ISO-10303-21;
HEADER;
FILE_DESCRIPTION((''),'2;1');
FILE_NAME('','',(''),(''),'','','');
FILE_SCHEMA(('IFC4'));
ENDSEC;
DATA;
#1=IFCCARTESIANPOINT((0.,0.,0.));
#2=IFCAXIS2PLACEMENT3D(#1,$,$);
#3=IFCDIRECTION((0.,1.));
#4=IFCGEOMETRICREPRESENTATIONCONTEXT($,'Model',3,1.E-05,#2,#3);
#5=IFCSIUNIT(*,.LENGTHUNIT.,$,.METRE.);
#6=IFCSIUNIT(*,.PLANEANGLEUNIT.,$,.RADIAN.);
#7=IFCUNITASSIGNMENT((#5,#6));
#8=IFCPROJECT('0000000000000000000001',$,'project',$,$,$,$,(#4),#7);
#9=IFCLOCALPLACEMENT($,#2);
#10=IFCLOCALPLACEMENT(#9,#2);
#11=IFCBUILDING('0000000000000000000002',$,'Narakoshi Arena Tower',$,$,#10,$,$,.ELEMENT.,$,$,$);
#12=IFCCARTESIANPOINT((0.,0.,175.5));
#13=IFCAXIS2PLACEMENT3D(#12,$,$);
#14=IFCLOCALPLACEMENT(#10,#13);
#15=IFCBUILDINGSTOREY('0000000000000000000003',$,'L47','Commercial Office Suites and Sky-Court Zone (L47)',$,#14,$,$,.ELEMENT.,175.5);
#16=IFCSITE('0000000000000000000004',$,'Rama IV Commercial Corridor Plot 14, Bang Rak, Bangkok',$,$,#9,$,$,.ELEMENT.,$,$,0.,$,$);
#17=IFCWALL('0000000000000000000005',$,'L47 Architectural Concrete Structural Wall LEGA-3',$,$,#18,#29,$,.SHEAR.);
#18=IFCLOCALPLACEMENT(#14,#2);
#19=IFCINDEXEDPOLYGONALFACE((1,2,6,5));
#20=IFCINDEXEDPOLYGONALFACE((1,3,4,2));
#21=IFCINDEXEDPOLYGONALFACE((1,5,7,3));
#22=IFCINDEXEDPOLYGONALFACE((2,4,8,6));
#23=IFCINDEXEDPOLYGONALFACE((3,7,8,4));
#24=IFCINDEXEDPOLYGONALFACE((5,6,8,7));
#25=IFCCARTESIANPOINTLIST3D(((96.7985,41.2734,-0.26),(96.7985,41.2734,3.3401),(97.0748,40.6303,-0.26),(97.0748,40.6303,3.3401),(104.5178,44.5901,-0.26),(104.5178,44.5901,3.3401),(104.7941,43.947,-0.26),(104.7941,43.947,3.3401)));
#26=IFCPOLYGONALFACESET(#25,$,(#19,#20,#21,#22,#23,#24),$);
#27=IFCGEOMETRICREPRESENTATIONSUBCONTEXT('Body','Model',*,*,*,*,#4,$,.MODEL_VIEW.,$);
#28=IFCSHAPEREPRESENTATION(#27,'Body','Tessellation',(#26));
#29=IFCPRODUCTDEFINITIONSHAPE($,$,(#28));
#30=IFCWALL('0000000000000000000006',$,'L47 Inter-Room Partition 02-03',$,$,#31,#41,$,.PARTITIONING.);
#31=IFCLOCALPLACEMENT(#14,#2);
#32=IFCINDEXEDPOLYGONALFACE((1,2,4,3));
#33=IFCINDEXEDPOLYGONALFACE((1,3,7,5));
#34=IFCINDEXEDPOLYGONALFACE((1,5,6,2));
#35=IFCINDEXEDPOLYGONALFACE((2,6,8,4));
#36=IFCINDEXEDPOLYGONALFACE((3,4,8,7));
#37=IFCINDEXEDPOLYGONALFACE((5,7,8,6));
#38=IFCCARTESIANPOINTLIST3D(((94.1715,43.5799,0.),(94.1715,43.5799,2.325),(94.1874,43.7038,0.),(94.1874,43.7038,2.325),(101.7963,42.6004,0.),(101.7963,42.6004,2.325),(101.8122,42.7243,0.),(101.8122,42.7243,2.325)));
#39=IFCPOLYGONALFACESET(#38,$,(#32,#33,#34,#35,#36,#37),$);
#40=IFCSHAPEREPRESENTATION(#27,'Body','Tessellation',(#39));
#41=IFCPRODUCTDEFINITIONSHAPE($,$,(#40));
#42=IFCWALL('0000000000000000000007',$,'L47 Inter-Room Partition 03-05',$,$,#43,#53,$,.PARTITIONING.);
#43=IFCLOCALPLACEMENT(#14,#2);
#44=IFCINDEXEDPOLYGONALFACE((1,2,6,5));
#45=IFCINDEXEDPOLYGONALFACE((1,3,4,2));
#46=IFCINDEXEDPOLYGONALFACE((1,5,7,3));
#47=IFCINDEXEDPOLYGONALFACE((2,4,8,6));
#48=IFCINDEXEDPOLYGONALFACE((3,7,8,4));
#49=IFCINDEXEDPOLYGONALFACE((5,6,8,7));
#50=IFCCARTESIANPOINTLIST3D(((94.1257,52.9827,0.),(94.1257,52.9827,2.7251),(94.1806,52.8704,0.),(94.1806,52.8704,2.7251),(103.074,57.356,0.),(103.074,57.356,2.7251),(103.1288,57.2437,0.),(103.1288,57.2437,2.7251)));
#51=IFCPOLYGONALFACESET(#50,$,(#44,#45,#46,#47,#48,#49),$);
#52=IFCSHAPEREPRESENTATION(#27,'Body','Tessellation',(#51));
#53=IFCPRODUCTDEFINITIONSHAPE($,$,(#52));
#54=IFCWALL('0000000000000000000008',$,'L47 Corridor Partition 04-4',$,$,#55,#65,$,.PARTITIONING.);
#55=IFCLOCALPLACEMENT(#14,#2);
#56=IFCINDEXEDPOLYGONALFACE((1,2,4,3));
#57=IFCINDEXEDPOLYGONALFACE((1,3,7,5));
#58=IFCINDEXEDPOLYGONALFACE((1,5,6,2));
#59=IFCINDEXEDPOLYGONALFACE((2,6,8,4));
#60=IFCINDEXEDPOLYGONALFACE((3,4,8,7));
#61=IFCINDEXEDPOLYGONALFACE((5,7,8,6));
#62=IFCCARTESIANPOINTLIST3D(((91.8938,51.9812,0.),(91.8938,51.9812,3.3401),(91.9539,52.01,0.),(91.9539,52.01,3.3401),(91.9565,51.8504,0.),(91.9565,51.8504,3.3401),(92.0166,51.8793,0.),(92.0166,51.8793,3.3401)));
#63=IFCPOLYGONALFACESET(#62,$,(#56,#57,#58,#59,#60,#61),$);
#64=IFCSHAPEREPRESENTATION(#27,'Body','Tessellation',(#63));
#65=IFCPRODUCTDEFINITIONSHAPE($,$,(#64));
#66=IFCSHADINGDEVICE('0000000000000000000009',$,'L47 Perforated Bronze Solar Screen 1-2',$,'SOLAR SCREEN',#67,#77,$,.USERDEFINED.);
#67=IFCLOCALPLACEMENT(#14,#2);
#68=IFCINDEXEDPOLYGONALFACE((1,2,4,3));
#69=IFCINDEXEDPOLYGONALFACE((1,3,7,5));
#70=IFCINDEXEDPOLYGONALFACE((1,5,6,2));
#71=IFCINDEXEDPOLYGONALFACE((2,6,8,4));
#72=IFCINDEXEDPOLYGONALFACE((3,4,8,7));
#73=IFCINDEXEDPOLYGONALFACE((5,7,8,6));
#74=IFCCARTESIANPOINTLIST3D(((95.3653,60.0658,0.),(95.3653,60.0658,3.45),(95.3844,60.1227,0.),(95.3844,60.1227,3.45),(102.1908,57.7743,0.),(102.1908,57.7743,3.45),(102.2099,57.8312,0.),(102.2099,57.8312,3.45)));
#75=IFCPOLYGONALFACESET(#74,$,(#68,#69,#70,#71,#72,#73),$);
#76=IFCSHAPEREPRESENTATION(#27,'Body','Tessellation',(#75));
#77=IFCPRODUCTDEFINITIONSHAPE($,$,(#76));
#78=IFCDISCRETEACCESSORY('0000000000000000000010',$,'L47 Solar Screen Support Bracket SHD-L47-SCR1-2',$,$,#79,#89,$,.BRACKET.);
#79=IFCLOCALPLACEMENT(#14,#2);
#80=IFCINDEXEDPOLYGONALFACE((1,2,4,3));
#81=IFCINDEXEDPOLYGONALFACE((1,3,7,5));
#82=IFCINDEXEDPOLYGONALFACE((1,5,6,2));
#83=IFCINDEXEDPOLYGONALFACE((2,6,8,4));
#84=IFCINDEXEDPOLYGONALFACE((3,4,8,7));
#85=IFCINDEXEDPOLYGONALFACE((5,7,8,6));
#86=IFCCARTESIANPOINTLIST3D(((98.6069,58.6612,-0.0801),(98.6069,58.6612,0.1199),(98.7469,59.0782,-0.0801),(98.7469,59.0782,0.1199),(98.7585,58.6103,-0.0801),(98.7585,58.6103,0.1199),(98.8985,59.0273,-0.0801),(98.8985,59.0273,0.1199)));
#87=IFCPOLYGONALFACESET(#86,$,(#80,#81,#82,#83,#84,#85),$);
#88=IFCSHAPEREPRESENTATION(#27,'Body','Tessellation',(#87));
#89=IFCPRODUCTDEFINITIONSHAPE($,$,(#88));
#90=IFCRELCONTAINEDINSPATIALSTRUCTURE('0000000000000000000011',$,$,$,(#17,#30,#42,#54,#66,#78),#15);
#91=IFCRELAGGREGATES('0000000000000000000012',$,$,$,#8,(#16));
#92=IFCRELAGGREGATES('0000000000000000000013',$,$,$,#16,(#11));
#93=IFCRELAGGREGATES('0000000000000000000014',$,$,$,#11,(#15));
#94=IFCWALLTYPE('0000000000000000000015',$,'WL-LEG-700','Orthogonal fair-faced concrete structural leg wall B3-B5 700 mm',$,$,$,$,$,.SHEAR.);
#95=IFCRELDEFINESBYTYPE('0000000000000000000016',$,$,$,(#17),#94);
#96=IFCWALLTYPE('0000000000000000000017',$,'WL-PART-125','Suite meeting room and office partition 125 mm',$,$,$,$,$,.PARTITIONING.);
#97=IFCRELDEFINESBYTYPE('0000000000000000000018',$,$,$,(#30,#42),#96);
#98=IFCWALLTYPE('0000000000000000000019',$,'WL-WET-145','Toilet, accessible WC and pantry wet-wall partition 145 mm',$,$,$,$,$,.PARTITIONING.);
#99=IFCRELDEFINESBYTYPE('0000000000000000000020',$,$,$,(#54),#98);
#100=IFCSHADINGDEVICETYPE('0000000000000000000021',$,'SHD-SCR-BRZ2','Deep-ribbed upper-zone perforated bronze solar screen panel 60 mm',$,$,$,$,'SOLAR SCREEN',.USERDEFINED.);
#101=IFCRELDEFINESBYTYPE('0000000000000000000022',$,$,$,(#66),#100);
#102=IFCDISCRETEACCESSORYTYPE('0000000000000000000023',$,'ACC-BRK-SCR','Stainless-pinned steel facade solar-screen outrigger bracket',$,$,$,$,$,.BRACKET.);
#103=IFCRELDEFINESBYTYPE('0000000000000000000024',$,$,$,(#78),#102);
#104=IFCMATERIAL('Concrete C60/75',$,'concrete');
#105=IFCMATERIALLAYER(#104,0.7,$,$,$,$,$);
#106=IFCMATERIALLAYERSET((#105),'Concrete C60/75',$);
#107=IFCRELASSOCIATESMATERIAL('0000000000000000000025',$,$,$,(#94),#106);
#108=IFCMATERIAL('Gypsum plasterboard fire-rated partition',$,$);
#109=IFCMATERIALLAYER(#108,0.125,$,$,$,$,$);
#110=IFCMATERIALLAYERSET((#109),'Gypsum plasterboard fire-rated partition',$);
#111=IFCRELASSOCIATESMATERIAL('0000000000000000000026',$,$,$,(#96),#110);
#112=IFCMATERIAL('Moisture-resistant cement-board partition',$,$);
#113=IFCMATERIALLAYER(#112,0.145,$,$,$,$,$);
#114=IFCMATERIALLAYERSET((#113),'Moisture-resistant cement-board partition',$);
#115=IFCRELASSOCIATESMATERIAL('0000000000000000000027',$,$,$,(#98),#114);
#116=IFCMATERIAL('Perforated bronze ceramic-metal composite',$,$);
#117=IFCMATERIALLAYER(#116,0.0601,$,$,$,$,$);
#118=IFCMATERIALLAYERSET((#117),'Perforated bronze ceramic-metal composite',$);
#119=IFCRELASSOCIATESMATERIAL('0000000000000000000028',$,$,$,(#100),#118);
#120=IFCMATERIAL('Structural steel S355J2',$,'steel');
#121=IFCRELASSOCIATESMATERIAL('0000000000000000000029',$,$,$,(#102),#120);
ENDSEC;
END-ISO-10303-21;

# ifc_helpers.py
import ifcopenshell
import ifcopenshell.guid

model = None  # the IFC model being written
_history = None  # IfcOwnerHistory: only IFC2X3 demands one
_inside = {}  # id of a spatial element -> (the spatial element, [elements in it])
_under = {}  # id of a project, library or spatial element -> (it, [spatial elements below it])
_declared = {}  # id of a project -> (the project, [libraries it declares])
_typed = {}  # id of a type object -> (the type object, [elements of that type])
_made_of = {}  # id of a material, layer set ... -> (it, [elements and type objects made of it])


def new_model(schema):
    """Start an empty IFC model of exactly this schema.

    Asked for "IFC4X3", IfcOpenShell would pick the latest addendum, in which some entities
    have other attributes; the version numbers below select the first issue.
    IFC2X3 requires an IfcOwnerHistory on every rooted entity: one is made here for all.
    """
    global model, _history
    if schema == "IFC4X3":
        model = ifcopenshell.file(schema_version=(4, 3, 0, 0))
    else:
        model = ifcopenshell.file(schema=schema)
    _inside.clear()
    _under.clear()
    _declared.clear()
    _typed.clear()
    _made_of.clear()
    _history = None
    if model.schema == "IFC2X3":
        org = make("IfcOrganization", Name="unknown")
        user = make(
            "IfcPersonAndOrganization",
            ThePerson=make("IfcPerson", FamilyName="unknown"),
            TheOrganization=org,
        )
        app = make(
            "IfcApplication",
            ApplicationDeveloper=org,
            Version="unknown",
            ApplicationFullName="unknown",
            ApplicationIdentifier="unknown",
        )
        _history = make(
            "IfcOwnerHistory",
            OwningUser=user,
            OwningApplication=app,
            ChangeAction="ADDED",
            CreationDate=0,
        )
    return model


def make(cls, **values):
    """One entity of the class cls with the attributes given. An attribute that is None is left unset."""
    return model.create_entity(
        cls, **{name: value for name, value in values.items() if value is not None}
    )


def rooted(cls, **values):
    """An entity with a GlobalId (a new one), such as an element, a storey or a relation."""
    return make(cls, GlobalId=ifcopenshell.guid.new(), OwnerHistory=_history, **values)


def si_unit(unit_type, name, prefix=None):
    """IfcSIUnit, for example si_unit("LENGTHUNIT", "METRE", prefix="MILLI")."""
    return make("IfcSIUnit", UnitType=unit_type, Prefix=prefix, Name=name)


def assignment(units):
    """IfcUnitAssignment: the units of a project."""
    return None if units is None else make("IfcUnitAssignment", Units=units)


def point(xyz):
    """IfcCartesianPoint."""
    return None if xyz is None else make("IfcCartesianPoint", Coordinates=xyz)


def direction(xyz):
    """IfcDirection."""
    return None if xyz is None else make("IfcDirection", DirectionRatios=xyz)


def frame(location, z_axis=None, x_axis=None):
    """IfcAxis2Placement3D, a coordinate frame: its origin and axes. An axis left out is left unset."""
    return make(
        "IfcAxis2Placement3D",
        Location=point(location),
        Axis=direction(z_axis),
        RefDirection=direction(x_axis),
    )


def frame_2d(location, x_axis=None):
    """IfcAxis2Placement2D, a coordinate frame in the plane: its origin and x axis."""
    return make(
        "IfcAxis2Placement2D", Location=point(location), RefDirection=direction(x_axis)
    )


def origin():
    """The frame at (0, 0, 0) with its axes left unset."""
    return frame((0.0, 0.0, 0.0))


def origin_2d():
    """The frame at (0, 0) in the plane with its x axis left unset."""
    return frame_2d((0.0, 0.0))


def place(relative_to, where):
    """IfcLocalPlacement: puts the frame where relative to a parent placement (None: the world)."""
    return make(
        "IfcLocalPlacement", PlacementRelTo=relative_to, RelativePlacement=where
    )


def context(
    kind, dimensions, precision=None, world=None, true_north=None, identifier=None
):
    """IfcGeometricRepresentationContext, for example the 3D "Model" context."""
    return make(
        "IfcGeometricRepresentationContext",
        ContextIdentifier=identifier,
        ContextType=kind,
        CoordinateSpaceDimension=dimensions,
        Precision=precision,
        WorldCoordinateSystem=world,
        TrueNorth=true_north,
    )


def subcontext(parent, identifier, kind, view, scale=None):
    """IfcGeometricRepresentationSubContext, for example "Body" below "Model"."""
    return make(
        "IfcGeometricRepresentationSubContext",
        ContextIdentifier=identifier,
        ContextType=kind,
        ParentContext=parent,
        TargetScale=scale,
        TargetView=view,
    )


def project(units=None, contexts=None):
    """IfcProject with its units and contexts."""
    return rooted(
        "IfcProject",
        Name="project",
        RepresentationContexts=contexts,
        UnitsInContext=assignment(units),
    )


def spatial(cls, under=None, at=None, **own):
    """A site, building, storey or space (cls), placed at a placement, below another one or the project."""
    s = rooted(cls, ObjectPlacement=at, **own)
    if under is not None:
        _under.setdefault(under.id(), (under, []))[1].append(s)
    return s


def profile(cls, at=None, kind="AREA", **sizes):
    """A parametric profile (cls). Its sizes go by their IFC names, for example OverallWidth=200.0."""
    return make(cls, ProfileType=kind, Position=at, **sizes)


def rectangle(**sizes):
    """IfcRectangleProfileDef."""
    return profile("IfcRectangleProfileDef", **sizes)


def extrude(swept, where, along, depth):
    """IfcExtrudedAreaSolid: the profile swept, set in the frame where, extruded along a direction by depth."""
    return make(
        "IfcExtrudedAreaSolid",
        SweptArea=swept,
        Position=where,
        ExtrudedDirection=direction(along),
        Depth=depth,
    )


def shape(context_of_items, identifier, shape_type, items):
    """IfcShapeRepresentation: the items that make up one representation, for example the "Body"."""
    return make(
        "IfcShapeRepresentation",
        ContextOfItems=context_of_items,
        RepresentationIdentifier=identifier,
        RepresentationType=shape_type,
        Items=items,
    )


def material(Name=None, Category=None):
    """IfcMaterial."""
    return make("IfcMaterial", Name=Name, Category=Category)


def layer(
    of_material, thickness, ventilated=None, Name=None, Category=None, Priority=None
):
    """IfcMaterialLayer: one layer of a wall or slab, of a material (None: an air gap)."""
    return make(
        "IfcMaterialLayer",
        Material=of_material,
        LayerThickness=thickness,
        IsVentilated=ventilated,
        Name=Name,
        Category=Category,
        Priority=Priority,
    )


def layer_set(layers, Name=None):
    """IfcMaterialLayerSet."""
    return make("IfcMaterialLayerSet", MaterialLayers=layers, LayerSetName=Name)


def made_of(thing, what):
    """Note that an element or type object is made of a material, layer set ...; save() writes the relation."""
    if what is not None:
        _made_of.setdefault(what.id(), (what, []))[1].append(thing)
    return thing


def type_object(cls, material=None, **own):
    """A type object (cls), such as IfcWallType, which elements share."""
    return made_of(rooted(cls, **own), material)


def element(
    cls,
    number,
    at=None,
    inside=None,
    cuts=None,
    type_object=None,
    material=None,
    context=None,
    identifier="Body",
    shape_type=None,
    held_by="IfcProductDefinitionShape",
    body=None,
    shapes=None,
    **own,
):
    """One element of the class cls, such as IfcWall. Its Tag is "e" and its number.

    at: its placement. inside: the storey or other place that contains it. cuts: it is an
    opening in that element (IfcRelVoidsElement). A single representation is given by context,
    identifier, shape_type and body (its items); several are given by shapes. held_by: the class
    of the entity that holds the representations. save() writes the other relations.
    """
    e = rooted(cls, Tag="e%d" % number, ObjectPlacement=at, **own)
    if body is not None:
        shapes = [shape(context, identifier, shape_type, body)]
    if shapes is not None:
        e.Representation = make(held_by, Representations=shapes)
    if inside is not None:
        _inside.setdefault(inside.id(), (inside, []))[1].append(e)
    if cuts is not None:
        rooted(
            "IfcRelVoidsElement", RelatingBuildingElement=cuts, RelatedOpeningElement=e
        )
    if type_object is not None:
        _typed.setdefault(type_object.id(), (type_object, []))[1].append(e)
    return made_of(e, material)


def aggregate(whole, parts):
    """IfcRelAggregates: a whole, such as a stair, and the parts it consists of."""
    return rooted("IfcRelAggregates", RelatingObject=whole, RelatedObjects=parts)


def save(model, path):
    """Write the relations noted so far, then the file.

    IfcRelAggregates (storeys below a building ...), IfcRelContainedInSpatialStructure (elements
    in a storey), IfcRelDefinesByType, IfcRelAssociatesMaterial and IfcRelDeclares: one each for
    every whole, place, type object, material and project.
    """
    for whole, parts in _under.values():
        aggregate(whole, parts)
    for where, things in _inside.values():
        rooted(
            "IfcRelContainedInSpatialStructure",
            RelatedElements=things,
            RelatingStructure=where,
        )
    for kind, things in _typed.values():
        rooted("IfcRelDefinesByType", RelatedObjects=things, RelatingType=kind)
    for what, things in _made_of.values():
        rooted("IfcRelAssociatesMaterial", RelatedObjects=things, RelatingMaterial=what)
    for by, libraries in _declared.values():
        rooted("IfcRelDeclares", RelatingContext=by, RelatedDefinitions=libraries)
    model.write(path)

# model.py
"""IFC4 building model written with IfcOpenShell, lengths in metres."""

from ifc_helpers import new_model, si_unit, direction, frame, frame_2d, origin, origin_2d, place, context, subcontext, project, spatial, rectangle, extrude, material, layer, layer_set, type_object, element, save


model = new_model("IFC4")

# Units and contexts
model_context = context("Model", 3, precision=1e-05, world=origin(), true_north=direction((0.0, 1.0)))
body_context = subcontext(model_context, "Body", "Model", "MODEL_VIEW")
ifc_project = project(units=[si_unit("LENGTHUNIT", "METRE"), si_unit("PLANEANGLEUNIT", "RADIAN")], contexts=[model_context])

# Site, building, storey
site_placement = place(None, origin())
site = spatial("IfcSite", under=ifc_project, at=site_placement, Name="Rama IV Commercial Corridor Plot 14, Bang Rak, Bangkok", CompositionType="ELEMENT", RefElevation=0.0)
building_placement = place(site_placement, origin())
building = spatial("IfcBuilding", under=site, at=building_placement, Name="Narakoshi Arena Tower", CompositionType="ELEMENT")
storey_placement = place(building_placement, frame((0.0, 0.0, 175.5)))
storey = spatial("IfcBuildingStorey", under=building, at=storey_placement, Name="L47", Description="Commercial Office Suites and Sky-Court Zone (L47)", CompositionType="ELEMENT", Elevation=175.5)

# Shared definitions
ifc_material_1 = material(Name="Concrete C60/75", Category="concrete")
ifc_material_2 = material(Name="Structural steel S355J2", Category="steel")

# Shared definitions
ifc_material_3 = material(Name="Gypsum plasterboard fire-rated partition")

# Walls
ifc_layer_1 = layer(ifc_material_1, 0.7)
ifc_layer_set_1 = layer_set([ifc_layer_1], Name="Concrete C60/75")
wall_type_1 = type_object("IfcWallType", Name="WL-LEG-700", Description="Orthogonal fair-faced concrete structural leg wall B3-B5 700 mm", PredefinedType="SHEAR", material=ifc_layer_set_1)
wall_1_placement = place(storey_placement, frame((96.9368, 40.9519, -0.26), z_axis=(0.0, 0.0, 1.0), x_axis=(0.918782, 0.394764, 0.0)))
element("IfcWall", 1, at=wall_1_placement, inside=storey, type_object=wall_type_1, Name="L47 Architectural Concrete Structural Wall LEGA-3", PredefinedType="SHEAR", context=body_context, shape_type="SweptSolid", body=[
    extrude(rectangle(XDim=8.4016, YDim=0.7, at=frame_2d((4.2007, 0.0))), origin(), (0.0, 0.0, 1.0), 3.6001),
])
ifc_layer_2 = layer(ifc_material_3, 0.125)
ifc_layer_set_2 = layer_set([ifc_layer_2], Name="Gypsum plasterboard fire-rated partition")
wall_type_2 = type_object("IfcWallType", Name="WL-PART-125", Description="Suite meeting room and office partition 125 mm", PredefinedType="PARTITIONING", material=ifc_layer_set_2)
wall_2_placement = place(storey_placement, frame((94.1794, 43.6418, 0.0), z_axis=(0.0, 0.0, 1.0), x_axis=(0.991849, -0.127415, 0.0)))
element("IfcWall", 2, at=wall_2_placement, inside=storey, type_object=wall_type_2, Name="L47 Inter-Room Partition 02-03", PredefinedType="PARTITIONING", context=body_context, shape_type="SweptSolid", body=[
    extrude(rectangle(XDim=7.6875, YDim=0.125, at=frame_2d((3.8438, 0.0))), origin(), (0.0, 0.0, 1.0), 2.325),
])
wall_3_placement = place(storey_placement, frame((94.1531, 52.9265, 0.0), z_axis=(0.0, 0.0, 1.0), x_axis=(0.89844, 0.439096, 0.0)))
element("IfcWall", 3, at=wall_3_placement, inside=storey, type_object=wall_type_2, Name="L47 Inter-Room Partition 03-05", PredefinedType="PARTITIONING", context=body_context, shape_type="SweptSolid", body=[
    extrude(rectangle(XDim=9.9597, YDim=0.125, at=frame_2d((4.98, 0.0))), origin(), (0.0, 0.0, 1.0), 2.7251),
])
ifc_material_4 = material(Name="Moisture-resistant cement-board partition")
ifc_layer_3 = layer(ifc_material_4, 0.145)
ifc_layer_set_3 = layer_set([ifc_layer_3], Name="Moisture-resistant cement-board partition")
wall_type_3 = type_object("IfcWallType", Name="WL-WET-145", Description="Toilet, accessible WC and pantry wet-wall partition 145 mm", PredefinedType="PARTITIONING", material=ifc_layer_set_3)
wall_4_placement = place(storey_placement, frame((91.9851, 51.9446, 0.0), z_axis=(0.0, 0.0, 1.0), x_axis=(-0.901637, -0.432493, 0.0)))
element("IfcWall", 4, at=wall_4_placement, inside=storey, type_object=wall_type_3, Name="L47 Corridor Partition 04-4", PredefinedType="PARTITIONING", context=body_context, shape_type="SweptSolid", body=[
    extrude(rectangle(XDim=0.0667, YDim=0.145, at=frame_2d((0.0332, 0.0))), origin(), (0.0, 0.0, 1.0), 3.3401),
])

# Shading device
ifc_material_5 = material(Name="Perforated bronze ceramic-metal composite")
ifc_layer_4 = layer(ifc_material_5, 0.0601)
ifc_layer_set_4 = layer_set([ifc_layer_4], Name="Perforated bronze ceramic-metal composite")
shading_device_type = type_object("IfcShadingDeviceType", Name="SHD-SCR-BRZ2", Description="Deep-ribbed upper-zone perforated bronze solar screen panel 60 mm", ElementType="SOLAR SCREEN", PredefinedType="USERDEFINED", material=ifc_layer_set_4)
shading_device_placement = place(storey_placement, frame((98.7876, 58.9485, 0.0), z_axis=(0.0, 0.0, 1.0), x_axis=(-0.948002, 0.318264, 0.0)))
element("IfcShadingDevice", 5, at=shading_device_placement, inside=storey, type_object=shading_device_type, Name="L47 Perforated Bronze Solar Screen 1-2", ObjectType="SOLAR SCREEN", PredefinedType="USERDEFINED", context=body_context, shape_type="SweptSolid", body=[
    extrude(rectangle(XDim=7.2, YDim=0.0601, at=origin_2d()), origin(), (0.0, 0.0, 1.0), 3.45),
])

# Discrete accessory
discrete_accessory_type = type_object("IfcDiscreteAccessoryType", Name="ACC-BRK-SCR", Description="Stainless-pinned steel facade solar-screen outrigger bracket", PredefinedType="BRACKET", material=ifc_material_2)
discrete_accessory_placement = place(storey_placement, frame((98.7527, 58.8442, -0.0801), z_axis=(0.0, 0.0, 1.0), x_axis=(-0.948002, 0.318264, 0.0)))
element("IfcDiscreteAccessory", 6, at=discrete_accessory_placement, inside=storey, type_object=discrete_accessory_type, Name="L47 Solar Screen Support Bracket SHD-L47-SCR1-2", PredefinedType="BRACKET", context=body_context, shape_type="SweptSolid", body=[
    extrude(rectangle(XDim=0.1599, YDim=0.4399, at=origin_2d()), origin(), (0.0, 0.0, 1.0), 0.2),
])

save(model, "model.ifc")
